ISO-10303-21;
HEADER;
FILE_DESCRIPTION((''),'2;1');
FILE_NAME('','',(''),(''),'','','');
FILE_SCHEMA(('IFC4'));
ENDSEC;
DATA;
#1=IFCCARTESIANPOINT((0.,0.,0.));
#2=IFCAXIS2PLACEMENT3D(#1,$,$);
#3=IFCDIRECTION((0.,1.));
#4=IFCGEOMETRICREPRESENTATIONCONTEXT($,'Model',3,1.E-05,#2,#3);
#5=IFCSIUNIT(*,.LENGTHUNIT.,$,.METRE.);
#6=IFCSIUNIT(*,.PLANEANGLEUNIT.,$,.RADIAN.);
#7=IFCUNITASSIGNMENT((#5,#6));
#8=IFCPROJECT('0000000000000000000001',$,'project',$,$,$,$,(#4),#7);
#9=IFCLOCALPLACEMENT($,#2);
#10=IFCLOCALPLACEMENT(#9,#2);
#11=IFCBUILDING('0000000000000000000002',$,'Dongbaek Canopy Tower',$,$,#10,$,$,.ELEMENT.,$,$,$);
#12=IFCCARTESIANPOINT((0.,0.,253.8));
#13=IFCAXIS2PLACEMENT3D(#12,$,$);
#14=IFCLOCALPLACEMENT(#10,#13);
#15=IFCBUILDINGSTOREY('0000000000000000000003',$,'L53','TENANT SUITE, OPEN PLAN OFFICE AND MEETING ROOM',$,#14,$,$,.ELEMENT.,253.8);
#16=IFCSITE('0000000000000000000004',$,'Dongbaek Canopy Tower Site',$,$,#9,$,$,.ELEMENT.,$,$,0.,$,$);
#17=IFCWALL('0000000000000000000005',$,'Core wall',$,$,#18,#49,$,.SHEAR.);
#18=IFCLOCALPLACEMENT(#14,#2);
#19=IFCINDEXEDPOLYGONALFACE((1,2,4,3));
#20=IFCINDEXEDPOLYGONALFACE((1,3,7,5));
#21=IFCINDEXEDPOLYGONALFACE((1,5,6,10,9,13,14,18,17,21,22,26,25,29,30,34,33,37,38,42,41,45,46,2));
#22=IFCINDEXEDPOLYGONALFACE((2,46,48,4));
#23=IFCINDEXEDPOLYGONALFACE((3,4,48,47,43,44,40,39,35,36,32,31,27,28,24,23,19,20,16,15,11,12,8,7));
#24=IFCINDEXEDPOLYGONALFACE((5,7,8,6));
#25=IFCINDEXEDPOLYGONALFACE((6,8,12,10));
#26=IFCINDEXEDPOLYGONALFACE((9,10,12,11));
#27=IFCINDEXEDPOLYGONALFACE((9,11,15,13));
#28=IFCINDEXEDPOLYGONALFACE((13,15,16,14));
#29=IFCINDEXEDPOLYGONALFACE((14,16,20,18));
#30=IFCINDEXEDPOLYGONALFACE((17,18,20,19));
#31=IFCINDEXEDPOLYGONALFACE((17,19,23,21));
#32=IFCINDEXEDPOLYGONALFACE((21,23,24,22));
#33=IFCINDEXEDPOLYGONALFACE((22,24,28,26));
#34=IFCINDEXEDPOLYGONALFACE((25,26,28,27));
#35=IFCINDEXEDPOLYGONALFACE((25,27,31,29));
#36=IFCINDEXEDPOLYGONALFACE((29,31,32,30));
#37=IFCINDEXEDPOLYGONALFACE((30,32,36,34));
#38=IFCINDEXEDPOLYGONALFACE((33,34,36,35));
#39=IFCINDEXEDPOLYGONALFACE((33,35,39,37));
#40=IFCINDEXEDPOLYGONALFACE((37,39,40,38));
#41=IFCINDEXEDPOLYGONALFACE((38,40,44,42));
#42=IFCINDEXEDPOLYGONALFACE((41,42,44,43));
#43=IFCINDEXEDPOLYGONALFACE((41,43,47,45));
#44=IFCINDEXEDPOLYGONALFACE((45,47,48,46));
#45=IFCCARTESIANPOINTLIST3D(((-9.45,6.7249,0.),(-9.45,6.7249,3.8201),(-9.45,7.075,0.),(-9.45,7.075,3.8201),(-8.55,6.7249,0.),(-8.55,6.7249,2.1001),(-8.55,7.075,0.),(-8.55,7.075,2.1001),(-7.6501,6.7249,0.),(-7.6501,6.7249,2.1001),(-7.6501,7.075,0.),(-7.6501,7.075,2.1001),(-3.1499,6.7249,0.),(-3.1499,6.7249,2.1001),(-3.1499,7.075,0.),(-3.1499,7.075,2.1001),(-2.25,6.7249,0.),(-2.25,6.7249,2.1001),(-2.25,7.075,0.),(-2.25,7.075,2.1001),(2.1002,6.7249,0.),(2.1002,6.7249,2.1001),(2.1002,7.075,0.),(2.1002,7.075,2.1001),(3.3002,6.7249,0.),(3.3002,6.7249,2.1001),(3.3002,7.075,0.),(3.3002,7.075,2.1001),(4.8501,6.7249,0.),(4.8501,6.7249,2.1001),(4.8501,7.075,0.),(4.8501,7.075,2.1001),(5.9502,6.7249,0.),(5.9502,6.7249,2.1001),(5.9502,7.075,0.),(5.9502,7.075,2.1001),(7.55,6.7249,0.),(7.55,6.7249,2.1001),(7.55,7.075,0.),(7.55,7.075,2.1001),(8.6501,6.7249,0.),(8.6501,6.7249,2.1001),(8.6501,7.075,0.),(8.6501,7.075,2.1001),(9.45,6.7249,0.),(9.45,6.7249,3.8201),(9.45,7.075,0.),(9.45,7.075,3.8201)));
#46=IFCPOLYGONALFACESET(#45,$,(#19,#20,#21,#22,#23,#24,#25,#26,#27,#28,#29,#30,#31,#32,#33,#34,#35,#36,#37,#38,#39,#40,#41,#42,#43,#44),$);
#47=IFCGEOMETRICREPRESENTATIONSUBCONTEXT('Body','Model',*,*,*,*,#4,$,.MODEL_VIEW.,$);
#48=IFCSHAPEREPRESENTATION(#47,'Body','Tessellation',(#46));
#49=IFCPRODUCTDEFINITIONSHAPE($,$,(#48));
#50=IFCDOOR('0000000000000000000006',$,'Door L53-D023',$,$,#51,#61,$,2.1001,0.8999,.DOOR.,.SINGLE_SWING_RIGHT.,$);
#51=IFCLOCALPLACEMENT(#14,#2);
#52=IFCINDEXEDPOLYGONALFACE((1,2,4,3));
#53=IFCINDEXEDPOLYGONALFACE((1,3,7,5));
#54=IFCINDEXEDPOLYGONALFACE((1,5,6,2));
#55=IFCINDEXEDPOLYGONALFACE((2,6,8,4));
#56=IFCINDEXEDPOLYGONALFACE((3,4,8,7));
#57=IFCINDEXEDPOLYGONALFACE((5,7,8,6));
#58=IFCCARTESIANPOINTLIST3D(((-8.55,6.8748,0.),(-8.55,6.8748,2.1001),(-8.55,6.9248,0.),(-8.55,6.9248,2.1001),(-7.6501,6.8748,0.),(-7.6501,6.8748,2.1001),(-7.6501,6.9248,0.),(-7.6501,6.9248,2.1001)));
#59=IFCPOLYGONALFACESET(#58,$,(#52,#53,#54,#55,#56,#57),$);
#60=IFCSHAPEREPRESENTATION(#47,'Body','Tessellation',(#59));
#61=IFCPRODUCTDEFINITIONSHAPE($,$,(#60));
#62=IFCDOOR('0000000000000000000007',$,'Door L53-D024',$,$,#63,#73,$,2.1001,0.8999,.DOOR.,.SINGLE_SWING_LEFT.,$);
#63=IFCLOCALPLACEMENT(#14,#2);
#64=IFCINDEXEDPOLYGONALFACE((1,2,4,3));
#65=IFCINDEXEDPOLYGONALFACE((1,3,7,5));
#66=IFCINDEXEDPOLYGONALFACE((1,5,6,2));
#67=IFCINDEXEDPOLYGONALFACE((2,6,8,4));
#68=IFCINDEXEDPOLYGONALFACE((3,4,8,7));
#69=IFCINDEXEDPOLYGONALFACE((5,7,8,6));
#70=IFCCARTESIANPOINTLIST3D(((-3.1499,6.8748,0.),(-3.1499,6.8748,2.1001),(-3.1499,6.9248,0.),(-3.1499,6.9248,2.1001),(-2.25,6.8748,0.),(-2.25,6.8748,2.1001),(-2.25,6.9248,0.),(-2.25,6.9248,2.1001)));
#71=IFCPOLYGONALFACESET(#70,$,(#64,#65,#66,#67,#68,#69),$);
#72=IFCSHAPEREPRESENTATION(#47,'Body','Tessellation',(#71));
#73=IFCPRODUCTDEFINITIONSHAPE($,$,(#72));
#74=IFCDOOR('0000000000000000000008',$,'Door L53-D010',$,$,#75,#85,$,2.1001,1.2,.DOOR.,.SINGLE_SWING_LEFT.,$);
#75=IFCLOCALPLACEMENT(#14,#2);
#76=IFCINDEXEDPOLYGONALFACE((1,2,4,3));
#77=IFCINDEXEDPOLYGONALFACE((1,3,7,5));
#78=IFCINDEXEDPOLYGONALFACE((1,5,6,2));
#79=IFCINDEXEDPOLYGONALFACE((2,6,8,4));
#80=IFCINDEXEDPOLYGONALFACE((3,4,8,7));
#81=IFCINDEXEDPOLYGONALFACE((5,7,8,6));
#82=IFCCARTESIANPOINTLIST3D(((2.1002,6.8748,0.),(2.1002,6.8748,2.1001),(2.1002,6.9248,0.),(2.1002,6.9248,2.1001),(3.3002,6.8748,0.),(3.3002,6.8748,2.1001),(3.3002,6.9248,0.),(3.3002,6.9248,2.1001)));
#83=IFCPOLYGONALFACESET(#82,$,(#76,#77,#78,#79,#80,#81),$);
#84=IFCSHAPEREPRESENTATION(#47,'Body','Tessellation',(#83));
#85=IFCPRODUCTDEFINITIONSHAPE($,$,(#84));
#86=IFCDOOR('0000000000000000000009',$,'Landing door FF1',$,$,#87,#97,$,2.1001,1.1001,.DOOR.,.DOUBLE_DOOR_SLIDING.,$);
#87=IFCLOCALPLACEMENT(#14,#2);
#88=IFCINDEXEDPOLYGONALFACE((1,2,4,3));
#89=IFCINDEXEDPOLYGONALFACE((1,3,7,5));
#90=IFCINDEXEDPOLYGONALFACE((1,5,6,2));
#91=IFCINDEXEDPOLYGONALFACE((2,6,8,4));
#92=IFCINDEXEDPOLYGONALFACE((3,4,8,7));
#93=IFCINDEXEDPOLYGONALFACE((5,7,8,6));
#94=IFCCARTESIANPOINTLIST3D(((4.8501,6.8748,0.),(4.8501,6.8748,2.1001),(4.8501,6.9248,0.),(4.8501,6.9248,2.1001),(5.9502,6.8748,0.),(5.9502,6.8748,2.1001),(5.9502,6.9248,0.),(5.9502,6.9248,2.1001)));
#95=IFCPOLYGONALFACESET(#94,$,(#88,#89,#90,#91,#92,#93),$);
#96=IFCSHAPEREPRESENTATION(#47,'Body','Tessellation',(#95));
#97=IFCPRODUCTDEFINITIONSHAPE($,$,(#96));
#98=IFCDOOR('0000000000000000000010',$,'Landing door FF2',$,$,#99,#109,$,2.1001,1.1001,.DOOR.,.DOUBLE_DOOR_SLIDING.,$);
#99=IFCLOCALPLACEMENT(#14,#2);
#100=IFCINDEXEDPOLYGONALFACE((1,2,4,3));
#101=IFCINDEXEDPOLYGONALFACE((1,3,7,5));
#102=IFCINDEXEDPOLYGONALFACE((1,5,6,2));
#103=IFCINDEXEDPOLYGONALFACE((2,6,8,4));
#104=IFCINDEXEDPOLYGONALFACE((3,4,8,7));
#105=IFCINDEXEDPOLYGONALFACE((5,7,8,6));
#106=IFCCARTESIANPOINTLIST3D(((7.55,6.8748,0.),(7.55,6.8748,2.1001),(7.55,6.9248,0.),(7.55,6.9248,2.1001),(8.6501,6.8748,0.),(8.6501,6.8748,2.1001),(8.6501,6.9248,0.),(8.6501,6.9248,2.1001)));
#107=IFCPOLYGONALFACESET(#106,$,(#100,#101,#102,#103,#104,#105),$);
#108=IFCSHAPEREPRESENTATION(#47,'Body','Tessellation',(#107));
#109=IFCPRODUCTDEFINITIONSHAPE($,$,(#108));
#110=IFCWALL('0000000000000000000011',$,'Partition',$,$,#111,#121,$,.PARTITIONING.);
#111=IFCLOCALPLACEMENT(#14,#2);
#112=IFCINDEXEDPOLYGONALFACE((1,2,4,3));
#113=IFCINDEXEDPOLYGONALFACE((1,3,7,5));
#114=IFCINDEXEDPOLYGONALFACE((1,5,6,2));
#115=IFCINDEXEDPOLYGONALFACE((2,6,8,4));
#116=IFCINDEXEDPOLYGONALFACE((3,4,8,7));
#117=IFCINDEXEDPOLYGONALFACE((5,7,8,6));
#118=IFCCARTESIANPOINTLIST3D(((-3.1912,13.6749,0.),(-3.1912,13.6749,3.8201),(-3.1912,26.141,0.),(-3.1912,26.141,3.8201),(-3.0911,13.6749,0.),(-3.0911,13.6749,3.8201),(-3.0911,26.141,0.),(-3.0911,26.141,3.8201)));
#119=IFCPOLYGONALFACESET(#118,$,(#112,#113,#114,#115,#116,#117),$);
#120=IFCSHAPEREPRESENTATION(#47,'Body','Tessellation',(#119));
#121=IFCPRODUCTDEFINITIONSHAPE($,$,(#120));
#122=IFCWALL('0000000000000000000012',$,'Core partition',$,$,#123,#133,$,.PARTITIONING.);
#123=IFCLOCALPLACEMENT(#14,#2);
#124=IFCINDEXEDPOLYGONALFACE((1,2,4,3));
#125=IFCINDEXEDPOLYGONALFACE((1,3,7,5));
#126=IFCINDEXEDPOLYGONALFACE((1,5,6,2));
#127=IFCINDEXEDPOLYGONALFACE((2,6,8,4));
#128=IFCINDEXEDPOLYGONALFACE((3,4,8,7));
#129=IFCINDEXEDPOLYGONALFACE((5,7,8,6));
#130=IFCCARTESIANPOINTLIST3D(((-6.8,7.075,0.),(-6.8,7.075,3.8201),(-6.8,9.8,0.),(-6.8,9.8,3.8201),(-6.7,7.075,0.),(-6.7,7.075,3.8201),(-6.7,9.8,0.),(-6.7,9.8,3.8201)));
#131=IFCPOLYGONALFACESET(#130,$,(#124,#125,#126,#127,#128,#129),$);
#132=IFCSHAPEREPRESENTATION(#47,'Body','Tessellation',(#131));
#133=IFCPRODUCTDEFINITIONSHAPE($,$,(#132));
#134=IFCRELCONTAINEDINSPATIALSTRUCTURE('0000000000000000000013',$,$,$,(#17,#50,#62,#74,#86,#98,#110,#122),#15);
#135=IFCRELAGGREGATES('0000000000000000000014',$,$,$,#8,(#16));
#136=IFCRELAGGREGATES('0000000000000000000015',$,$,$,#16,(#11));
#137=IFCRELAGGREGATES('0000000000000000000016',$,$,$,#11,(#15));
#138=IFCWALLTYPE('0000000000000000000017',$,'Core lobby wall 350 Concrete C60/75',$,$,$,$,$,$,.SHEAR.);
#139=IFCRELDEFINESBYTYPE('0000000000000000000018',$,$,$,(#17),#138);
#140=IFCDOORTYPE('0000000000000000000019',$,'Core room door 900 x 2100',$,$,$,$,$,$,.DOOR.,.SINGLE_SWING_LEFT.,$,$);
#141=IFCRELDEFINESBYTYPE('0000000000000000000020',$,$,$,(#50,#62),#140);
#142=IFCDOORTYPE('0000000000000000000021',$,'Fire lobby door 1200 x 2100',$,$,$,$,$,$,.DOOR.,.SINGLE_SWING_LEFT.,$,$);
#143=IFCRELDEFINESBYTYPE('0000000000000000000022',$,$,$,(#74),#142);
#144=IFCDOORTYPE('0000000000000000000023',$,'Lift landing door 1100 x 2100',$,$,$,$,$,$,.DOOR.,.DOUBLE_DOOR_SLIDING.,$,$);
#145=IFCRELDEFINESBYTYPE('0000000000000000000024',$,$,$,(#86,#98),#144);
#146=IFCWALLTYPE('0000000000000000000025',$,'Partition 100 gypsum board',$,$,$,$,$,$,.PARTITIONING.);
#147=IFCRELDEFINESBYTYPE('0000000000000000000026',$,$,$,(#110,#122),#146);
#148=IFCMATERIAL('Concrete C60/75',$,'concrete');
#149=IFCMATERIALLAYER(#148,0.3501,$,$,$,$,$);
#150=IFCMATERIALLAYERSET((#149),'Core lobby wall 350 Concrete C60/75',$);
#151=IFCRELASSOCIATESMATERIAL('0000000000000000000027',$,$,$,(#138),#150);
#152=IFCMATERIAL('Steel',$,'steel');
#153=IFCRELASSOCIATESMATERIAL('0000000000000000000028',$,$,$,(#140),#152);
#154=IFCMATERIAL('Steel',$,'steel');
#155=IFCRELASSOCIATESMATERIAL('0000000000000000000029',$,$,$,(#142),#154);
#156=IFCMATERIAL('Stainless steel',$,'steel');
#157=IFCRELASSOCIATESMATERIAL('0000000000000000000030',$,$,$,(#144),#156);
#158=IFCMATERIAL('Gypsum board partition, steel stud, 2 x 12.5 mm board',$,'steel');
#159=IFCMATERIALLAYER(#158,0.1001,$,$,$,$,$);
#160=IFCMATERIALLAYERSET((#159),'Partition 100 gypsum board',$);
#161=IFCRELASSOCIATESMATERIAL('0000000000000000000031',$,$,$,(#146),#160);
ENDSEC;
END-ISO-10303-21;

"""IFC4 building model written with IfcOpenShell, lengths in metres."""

from ifc_helpers import new_model, si_unit, direction, frame, frame_2d, origin, place, context, subcontext, project, spatial, rectangle, extrude, material, layer, layer_set, type_object, element, fill, save


model = new_model("IFC4")

# Units and contexts
model_context = context("Model", 3, precision=1e-05, world=origin(), true_north=direction((0.0, 1.0)))
body_context = subcontext(model_context, "Body", "Model", "MODEL_VIEW")
ifc_project = project(units=[si_unit("LENGTHUNIT", "METRE"), si_unit("PLANEANGLEUNIT", "RADIAN")], contexts=[model_context])

# Site, building, storey
site_placement = place(None, origin())
site = spatial("IfcSite", under=ifc_project, at=site_placement, Name="Dongbaek Canopy Tower Site", CompositionType="ELEMENT", RefElevation=0.0)
building_placement = place(site_placement, origin())
building = spatial("IfcBuilding", under=site, at=building_placement, Name="Dongbaek Canopy Tower", CompositionType="ELEMENT")
storey_placement = place(building_placement, frame((0.0, 0.0, 253.8)))
storey = spatial("IfcBuildingStorey", under=building, at=storey_placement, Name="L53", Description="TENANT SUITE, OPEN PLAN OFFICE AND MEETING ROOM", CompositionType="ELEMENT", Elevation=253.8)

# Wall, openings, doors
ifc_material_1 = material(Name="Concrete C60/75", Category="concrete")
ifc_layer_1 = layer(ifc_material_1, 0.3501)
ifc_layer_set_1 = layer_set([ifc_layer_1], Name="Core lobby wall 350 Concrete C60/75")
wall_type_1 = type_object("IfcWallType", Name="Core lobby wall 350 Concrete C60/75", PredefinedType="SHEAR", material=ifc_layer_set_1)
wall_1_placement = place(storey_placement, frame((-9.45, 6.8999, 0.0), z_axis=(0.0, 0.0, 1.0), x_axis=(1.0, 0.0, 0.0)))
wall_1 = element("IfcWall", 1, at=wall_1_placement, inside=storey, type_object=wall_type_1, Name="Core wall", PredefinedType="SHEAR", context=body_context, shape_type="SweptSolid", body=[
    extrude(rectangle(XDim=18.8999, YDim=0.3501, at=frame_2d((9.45, 0.0))), origin(), (0.0, 0.0, 1.0), 3.8201),
])
opening_1_placement = place(wall_1_placement, frame((11.55, 0.0, 0.0)))
opening_1 = element("IfcOpeningElement", 2, at=opening_1_placement, cuts=wall_1, PredefinedType="OPENING", context=body_context, shape_type="SweptSolid", body=[
    extrude(rectangle(XDim=1.2, YDim=2.1001, at=frame_2d((0.6001, 1.05))), frame((0.0, 0.1851, 0.0), z_axis=(0.0, -1.0, 0.0), x_axis=(1.0, 0.0, 0.0)), (0.0, 0.0, 1.0), 0.3701),
])
opening_2_placement = place(wall_1_placement, frame((14.3, 0.0, 0.0)))
opening_2 = element("IfcOpeningElement", 3, at=opening_2_placement, cuts=wall_1, PredefinedType="OPENING", context=body_context, shape_type="SweptSolid", body=[
    extrude(rectangle(XDim=1.1001, YDim=2.1001, at=frame_2d((0.55, 1.05))), frame((0.0, 0.1851, 0.0), z_axis=(0.0, -1.0, 0.0), x_axis=(1.0, 0.0, 0.0)), (0.0, 0.0, 1.0), 0.3701),
])
opening_3_placement = place(wall_1_placement, frame((17.0, 0.0, 0.0)))
opening_3 = element("IfcOpeningElement", 4, at=opening_3_placement, cuts=wall_1, PredefinedType="OPENING", context=body_context, shape_type="SweptSolid", body=[
    extrude(rectangle(XDim=1.1001, YDim=2.1001, at=frame_2d((0.55, 1.05))), frame((0.0, 0.1851, 0.0), z_axis=(0.0, -1.0, 0.0), x_axis=(1.0, 0.0, 0.0)), (0.0, 0.0, 1.0), 0.3701),
])
opening_4_placement = place(wall_1_placement, frame((0.8999, 0.0, 0.0)))
opening_4 = element("IfcOpeningElement", 5, at=opening_4_placement, cuts=wall_1, PredefinedType="OPENING", context=body_context, shape_type="SweptSolid", body=[
    extrude(rectangle(XDim=0.8999, YDim=2.1001, at=frame_2d((0.45, 1.05))), frame((0.0, 0.1851, 0.0), z_axis=(0.0, -1.0, 0.0), x_axis=(1.0, 0.0, 0.0)), (0.0, 0.0, 1.0), 0.3701),
])
opening_5_placement = place(wall_1_placement, frame((6.3, 0.0, 0.0)))
opening_5 = element("IfcOpeningElement", 6, at=opening_5_placement, cuts=wall_1, PredefinedType="OPENING", context=body_context, shape_type="SweptSolid", body=[
    extrude(rectangle(XDim=0.8999, YDim=2.1001, at=frame_2d((0.45, 1.05))), frame((0.0, 0.1851, 0.0), z_axis=(0.0, -1.0, 0.0), x_axis=(1.0, 0.0, 0.0)), (0.0, 0.0, 1.0), 0.3701),
])
ifc_material_2 = material(Name="Steel", Category="steel")
door_type_1 = type_object("IfcDoorType", Name="Core room door 900 x 2100", OperationType="SINGLE_SWING_LEFT", PredefinedType="DOOR", material=ifc_material_2)
door_1_placement = place(opening_4_placement, origin())
door_1 = element("IfcDoor", 7, at=door_1_placement, inside=storey, type_object=door_type_1, Name="Door L53-D023", OperationType="SINGLE_SWING_RIGHT", OverallHeight=2.1001, OverallWidth=0.8999, PredefinedType="DOOR", context=body_context, shape_type="SweptSolid", body=[
    extrude(rectangle(XDim=0.8999, YDim=2.1001, at=frame_2d((0.45, 1.05))), frame((0.0, 0.0249, 0.0), z_axis=(0.0, -1.0, 0.0), x_axis=(1.0, 0.0, 0.0)), (0.0, 0.0, 1.0), 0.05),
])
fill(opening_4, door_1)
door_2_placement = place(opening_5_placement, origin())
door_2 = element("IfcDoor", 8, at=door_2_placement, inside=storey, type_object=door_type_1, Name="Door L53-D024", OperationType="SINGLE_SWING_LEFT", OverallHeight=2.1001, OverallWidth=0.8999, PredefinedType="DOOR", context=body_context, shape_type="SweptSolid", body=[
    extrude(rectangle(XDim=0.8999, YDim=2.1001, at=frame_2d((0.45, 1.05))), frame((0.0, 0.0249, 0.0), z_axis=(0.0, -1.0, 0.0), x_axis=(1.0, 0.0, 0.0)), (0.0, 0.0, 1.0), 0.05),
])
fill(opening_5, door_2)
ifc_material_3 = material(Name="Steel", Category="steel")
door_type_2 = type_object("IfcDoorType", Name="Fire lobby door 1200 x 2100", OperationType="SINGLE_SWING_LEFT", PredefinedType="DOOR", material=ifc_material_3)
door_3_placement = place(opening_1_placement, origin())
door_3 = element("IfcDoor", 9, at=door_3_placement, inside=storey, type_object=door_type_2, Name="Door L53-D010", OperationType="SINGLE_SWING_LEFT", OverallHeight=2.1001, OverallWidth=1.2, PredefinedType="DOOR", context=body_context, shape_type="SweptSolid", body=[
    extrude(rectangle(XDim=1.2, YDim=2.1001, at=frame_2d((0.6001, 1.05))), frame((0.0, 0.0249, 0.0), z_axis=(0.0, -1.0, 0.0), x_axis=(1.0, 0.0, 0.0)), (0.0, 0.0, 1.0), 0.05),
])
fill(opening_1, door_3)
ifc_material_4 = material(Name="Stainless steel", Category="steel")
door_type_3 = type_object("IfcDoorType", Name="Lift landing door 1100 x 2100", OperationType="DOUBLE_DOOR_SLIDING", PredefinedType="DOOR", material=ifc_material_4)
door_4_placement = place(opening_2_placement, origin())
door_4 = element("IfcDoor", 10, at=door_4_placement, inside=storey, type_object=door_type_3, Name="Landing door FF1", OperationType="DOUBLE_DOOR_SLIDING", OverallHeight=2.1001, OverallWidth=1.1001, PredefinedType="DOOR", context=body_context, shape_type="SweptSolid", body=[
    extrude(rectangle(XDim=1.1001, YDim=2.1001, at=frame_2d((0.55, 1.05))), frame((0.0, 0.0249, 0.0), z_axis=(0.0, -1.0, 0.0), x_axis=(1.0, 0.0, 0.0)), (0.0, 0.0, 1.0), 0.05),
])
fill(opening_2, door_4)
door_5_placement = place(opening_3_placement, origin())
door_5 = element("IfcDoor", 11, at=door_5_placement, inside=storey, type_object=door_type_3, Name="Landing door FF2", OperationType="DOUBLE_DOOR_SLIDING", OverallHeight=2.1001, OverallWidth=1.1001, PredefinedType="DOOR", context=body_context, shape_type="SweptSolid", body=[
    extrude(rectangle(XDim=1.1001, YDim=2.1001, at=frame_2d((0.55, 1.05))), frame((0.0, 0.0249, 0.0), z_axis=(0.0, -1.0, 0.0), x_axis=(1.0, 0.0, 0.0)), (0.0, 0.0, 1.0), 0.05),
])
fill(opening_3, door_5)

# Walls
ifc_material_5 = material(Name="Gypsum board partition, steel stud, 2 x 12.5 mm board", Category="steel")
ifc_layer_2 = layer(ifc_material_5, 0.1001)
ifc_layer_set_2 = layer_set([ifc_layer_2], Name="Partition 100 gypsum board")
wall_type_2 = type_object("IfcWallType", Name="Partition 100 gypsum board", PredefinedType="PARTITIONING", material=ifc_layer_set_2)
wall_2_placement = place(storey_placement, frame((-3.1411, 13.675, 0.0), z_axis=(0.0, 0.0, 1.0), x_axis=(0.0, 1.0, 0.0)))
element("IfcWall", 12, at=wall_2_placement, inside=storey, type_object=wall_type_2, Name="Partition", PredefinedType="PARTITIONING", context=body_context, shape_type="SweptSolid", body=[
    extrude(rectangle(XDim=12.4661, YDim=0.1001, at=frame_2d((6.2329, 0.0))), origin(), (0.0, 0.0, 1.0), 3.8201),
])
wall_3_placement = place(storey_placement, frame((-6.75, 7.075, 0.0), z_axis=(0.0, 0.0, 1.0), x_axis=(0.0, 1.0, 0.0)))
element("IfcWall", 13, at=wall_3_placement, inside=storey, type_object=wall_type_2, Name="Core partition", PredefinedType="PARTITIONING", context=body_context, shape_type="SweptSolid", body=[
    extrude(rectangle(XDim=2.7251, YDim=0.1001, at=frame_2d((1.3625, 0.0))), origin(), (0.0, 0.0, 1.0), 3.8201),
])

save(model, "model.ifc")
